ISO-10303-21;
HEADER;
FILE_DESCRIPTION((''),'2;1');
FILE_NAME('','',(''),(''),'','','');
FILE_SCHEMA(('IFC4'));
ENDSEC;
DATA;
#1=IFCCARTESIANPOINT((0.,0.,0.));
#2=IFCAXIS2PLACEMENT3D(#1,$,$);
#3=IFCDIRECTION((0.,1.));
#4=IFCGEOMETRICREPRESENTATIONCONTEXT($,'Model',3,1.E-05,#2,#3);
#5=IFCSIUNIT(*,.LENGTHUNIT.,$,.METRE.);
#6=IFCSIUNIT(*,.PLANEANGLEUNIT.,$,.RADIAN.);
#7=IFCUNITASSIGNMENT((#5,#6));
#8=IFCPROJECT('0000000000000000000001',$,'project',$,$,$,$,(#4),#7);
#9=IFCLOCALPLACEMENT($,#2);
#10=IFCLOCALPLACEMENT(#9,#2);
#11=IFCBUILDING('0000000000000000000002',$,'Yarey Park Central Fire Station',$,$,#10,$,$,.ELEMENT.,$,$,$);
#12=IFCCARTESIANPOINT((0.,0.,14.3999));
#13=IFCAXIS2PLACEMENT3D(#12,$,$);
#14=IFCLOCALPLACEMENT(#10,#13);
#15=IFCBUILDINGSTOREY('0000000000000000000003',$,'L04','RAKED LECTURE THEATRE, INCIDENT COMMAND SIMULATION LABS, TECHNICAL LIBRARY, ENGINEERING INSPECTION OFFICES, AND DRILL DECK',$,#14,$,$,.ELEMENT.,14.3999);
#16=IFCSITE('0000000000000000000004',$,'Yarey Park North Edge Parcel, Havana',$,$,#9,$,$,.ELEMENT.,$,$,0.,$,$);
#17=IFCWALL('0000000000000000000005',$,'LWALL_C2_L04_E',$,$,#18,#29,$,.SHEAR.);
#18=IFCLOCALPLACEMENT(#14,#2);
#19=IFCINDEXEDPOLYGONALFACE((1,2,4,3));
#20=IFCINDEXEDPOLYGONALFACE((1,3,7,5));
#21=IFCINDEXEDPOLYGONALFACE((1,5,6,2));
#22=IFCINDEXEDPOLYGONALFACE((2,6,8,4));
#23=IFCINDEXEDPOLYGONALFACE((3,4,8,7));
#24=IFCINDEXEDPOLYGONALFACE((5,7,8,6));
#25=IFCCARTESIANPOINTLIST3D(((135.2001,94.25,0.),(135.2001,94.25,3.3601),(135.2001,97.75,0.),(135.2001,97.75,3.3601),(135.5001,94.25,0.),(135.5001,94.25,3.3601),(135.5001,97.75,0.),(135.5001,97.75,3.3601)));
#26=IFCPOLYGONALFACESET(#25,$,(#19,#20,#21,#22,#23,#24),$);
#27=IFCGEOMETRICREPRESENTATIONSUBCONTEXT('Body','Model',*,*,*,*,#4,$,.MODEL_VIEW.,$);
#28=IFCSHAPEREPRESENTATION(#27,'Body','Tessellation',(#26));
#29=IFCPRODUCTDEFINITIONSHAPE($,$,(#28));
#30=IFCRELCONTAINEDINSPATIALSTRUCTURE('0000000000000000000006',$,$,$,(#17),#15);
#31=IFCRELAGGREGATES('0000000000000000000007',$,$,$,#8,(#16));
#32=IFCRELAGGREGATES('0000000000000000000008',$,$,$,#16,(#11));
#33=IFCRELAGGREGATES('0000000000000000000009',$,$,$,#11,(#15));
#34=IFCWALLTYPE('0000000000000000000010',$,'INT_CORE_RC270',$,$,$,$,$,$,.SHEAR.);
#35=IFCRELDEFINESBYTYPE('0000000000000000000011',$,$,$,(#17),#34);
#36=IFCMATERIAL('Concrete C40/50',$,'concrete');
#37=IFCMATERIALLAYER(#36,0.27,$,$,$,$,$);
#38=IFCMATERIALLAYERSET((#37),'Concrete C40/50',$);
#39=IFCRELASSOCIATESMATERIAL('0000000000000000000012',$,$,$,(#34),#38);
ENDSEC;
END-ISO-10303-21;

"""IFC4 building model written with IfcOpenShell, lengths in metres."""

from ifc_helpers import new_model, si_unit, direction, frame, frame_2d, origin, place, context, subcontext, project, spatial, rectangle, extrude, material, layer, layer_set, type_object, element, save


model = new_model("IFC4")

# Units and contexts
model_context = context("Model", 3, precision=1e-05, world=origin(), true_north=direction((0.0, 1.0)))
body_context = subcontext(model_context, "Body", "Model", "MODEL_VIEW")
ifc_project = project(units=[si_unit("LENGTHUNIT", "METRE"), si_unit("PLANEANGLEUNIT", "RADIAN")], contexts=[model_context])

# Site, building, storey
site_placement = place(None, origin())
site = spatial("IfcSite", under=ifc_project, at=site_placement, Name="Yarey Park North Edge Parcel, Havana", CompositionType="ELEMENT", RefElevation=0.0)
building_placement = place(site_placement, origin())
building = spatial("IfcBuilding", under=site, at=building_placement, Name="Yarey Park Central Fire Station", CompositionType="ELEMENT")
storey_placement = place(building_placement, frame((0.0, 0.0, 14.3999)))
storey = spatial("IfcBuildingStorey", under=building, at=storey_placement, Name="L04", Description="RAKED LECTURE THEATRE, INCIDENT COMMAND SIMULATION LABS, TECHNICAL LIBRARY, ENGINEERING INSPECTION OFFICES, AND DRILL DECK", CompositionType="ELEMENT", Elevation=14.3999)

# Shared definitions
ifc_material_1 = material(Name="Concrete C40/50", Category="concrete")

# Wall
ifc_layer_1 = layer(ifc_material_1, 0.27)
ifc_layer_set_1 = layer_set([ifc_layer_1], Name="Concrete C40/50")
wall_type = type_object("IfcWallType", Name="INT_CORE_RC270", PredefinedType="SHEAR", material=ifc_layer_set_1)
wall_1_placement = place(storey_placement, frame((135.3501, 94.25, 0.0), z_axis=(0.0, 0.0, 1.0), x_axis=(0.0, 1.0, 0.0)))
element("IfcWall", 1, at=wall_1_placement, inside=storey, type_object=wall_type, Name="LWALL_C2_L04_E", PredefinedType="SHEAR", context=body_context, shape_type="SweptSolid", body=[
    extrude(rectangle(XDim=3.5, YDim=0.3, at=frame_2d((1.75, 0.0))), origin(), (0.0, 0.0, 1.0), 3.3601),
])

save(model, "model.ifc")
